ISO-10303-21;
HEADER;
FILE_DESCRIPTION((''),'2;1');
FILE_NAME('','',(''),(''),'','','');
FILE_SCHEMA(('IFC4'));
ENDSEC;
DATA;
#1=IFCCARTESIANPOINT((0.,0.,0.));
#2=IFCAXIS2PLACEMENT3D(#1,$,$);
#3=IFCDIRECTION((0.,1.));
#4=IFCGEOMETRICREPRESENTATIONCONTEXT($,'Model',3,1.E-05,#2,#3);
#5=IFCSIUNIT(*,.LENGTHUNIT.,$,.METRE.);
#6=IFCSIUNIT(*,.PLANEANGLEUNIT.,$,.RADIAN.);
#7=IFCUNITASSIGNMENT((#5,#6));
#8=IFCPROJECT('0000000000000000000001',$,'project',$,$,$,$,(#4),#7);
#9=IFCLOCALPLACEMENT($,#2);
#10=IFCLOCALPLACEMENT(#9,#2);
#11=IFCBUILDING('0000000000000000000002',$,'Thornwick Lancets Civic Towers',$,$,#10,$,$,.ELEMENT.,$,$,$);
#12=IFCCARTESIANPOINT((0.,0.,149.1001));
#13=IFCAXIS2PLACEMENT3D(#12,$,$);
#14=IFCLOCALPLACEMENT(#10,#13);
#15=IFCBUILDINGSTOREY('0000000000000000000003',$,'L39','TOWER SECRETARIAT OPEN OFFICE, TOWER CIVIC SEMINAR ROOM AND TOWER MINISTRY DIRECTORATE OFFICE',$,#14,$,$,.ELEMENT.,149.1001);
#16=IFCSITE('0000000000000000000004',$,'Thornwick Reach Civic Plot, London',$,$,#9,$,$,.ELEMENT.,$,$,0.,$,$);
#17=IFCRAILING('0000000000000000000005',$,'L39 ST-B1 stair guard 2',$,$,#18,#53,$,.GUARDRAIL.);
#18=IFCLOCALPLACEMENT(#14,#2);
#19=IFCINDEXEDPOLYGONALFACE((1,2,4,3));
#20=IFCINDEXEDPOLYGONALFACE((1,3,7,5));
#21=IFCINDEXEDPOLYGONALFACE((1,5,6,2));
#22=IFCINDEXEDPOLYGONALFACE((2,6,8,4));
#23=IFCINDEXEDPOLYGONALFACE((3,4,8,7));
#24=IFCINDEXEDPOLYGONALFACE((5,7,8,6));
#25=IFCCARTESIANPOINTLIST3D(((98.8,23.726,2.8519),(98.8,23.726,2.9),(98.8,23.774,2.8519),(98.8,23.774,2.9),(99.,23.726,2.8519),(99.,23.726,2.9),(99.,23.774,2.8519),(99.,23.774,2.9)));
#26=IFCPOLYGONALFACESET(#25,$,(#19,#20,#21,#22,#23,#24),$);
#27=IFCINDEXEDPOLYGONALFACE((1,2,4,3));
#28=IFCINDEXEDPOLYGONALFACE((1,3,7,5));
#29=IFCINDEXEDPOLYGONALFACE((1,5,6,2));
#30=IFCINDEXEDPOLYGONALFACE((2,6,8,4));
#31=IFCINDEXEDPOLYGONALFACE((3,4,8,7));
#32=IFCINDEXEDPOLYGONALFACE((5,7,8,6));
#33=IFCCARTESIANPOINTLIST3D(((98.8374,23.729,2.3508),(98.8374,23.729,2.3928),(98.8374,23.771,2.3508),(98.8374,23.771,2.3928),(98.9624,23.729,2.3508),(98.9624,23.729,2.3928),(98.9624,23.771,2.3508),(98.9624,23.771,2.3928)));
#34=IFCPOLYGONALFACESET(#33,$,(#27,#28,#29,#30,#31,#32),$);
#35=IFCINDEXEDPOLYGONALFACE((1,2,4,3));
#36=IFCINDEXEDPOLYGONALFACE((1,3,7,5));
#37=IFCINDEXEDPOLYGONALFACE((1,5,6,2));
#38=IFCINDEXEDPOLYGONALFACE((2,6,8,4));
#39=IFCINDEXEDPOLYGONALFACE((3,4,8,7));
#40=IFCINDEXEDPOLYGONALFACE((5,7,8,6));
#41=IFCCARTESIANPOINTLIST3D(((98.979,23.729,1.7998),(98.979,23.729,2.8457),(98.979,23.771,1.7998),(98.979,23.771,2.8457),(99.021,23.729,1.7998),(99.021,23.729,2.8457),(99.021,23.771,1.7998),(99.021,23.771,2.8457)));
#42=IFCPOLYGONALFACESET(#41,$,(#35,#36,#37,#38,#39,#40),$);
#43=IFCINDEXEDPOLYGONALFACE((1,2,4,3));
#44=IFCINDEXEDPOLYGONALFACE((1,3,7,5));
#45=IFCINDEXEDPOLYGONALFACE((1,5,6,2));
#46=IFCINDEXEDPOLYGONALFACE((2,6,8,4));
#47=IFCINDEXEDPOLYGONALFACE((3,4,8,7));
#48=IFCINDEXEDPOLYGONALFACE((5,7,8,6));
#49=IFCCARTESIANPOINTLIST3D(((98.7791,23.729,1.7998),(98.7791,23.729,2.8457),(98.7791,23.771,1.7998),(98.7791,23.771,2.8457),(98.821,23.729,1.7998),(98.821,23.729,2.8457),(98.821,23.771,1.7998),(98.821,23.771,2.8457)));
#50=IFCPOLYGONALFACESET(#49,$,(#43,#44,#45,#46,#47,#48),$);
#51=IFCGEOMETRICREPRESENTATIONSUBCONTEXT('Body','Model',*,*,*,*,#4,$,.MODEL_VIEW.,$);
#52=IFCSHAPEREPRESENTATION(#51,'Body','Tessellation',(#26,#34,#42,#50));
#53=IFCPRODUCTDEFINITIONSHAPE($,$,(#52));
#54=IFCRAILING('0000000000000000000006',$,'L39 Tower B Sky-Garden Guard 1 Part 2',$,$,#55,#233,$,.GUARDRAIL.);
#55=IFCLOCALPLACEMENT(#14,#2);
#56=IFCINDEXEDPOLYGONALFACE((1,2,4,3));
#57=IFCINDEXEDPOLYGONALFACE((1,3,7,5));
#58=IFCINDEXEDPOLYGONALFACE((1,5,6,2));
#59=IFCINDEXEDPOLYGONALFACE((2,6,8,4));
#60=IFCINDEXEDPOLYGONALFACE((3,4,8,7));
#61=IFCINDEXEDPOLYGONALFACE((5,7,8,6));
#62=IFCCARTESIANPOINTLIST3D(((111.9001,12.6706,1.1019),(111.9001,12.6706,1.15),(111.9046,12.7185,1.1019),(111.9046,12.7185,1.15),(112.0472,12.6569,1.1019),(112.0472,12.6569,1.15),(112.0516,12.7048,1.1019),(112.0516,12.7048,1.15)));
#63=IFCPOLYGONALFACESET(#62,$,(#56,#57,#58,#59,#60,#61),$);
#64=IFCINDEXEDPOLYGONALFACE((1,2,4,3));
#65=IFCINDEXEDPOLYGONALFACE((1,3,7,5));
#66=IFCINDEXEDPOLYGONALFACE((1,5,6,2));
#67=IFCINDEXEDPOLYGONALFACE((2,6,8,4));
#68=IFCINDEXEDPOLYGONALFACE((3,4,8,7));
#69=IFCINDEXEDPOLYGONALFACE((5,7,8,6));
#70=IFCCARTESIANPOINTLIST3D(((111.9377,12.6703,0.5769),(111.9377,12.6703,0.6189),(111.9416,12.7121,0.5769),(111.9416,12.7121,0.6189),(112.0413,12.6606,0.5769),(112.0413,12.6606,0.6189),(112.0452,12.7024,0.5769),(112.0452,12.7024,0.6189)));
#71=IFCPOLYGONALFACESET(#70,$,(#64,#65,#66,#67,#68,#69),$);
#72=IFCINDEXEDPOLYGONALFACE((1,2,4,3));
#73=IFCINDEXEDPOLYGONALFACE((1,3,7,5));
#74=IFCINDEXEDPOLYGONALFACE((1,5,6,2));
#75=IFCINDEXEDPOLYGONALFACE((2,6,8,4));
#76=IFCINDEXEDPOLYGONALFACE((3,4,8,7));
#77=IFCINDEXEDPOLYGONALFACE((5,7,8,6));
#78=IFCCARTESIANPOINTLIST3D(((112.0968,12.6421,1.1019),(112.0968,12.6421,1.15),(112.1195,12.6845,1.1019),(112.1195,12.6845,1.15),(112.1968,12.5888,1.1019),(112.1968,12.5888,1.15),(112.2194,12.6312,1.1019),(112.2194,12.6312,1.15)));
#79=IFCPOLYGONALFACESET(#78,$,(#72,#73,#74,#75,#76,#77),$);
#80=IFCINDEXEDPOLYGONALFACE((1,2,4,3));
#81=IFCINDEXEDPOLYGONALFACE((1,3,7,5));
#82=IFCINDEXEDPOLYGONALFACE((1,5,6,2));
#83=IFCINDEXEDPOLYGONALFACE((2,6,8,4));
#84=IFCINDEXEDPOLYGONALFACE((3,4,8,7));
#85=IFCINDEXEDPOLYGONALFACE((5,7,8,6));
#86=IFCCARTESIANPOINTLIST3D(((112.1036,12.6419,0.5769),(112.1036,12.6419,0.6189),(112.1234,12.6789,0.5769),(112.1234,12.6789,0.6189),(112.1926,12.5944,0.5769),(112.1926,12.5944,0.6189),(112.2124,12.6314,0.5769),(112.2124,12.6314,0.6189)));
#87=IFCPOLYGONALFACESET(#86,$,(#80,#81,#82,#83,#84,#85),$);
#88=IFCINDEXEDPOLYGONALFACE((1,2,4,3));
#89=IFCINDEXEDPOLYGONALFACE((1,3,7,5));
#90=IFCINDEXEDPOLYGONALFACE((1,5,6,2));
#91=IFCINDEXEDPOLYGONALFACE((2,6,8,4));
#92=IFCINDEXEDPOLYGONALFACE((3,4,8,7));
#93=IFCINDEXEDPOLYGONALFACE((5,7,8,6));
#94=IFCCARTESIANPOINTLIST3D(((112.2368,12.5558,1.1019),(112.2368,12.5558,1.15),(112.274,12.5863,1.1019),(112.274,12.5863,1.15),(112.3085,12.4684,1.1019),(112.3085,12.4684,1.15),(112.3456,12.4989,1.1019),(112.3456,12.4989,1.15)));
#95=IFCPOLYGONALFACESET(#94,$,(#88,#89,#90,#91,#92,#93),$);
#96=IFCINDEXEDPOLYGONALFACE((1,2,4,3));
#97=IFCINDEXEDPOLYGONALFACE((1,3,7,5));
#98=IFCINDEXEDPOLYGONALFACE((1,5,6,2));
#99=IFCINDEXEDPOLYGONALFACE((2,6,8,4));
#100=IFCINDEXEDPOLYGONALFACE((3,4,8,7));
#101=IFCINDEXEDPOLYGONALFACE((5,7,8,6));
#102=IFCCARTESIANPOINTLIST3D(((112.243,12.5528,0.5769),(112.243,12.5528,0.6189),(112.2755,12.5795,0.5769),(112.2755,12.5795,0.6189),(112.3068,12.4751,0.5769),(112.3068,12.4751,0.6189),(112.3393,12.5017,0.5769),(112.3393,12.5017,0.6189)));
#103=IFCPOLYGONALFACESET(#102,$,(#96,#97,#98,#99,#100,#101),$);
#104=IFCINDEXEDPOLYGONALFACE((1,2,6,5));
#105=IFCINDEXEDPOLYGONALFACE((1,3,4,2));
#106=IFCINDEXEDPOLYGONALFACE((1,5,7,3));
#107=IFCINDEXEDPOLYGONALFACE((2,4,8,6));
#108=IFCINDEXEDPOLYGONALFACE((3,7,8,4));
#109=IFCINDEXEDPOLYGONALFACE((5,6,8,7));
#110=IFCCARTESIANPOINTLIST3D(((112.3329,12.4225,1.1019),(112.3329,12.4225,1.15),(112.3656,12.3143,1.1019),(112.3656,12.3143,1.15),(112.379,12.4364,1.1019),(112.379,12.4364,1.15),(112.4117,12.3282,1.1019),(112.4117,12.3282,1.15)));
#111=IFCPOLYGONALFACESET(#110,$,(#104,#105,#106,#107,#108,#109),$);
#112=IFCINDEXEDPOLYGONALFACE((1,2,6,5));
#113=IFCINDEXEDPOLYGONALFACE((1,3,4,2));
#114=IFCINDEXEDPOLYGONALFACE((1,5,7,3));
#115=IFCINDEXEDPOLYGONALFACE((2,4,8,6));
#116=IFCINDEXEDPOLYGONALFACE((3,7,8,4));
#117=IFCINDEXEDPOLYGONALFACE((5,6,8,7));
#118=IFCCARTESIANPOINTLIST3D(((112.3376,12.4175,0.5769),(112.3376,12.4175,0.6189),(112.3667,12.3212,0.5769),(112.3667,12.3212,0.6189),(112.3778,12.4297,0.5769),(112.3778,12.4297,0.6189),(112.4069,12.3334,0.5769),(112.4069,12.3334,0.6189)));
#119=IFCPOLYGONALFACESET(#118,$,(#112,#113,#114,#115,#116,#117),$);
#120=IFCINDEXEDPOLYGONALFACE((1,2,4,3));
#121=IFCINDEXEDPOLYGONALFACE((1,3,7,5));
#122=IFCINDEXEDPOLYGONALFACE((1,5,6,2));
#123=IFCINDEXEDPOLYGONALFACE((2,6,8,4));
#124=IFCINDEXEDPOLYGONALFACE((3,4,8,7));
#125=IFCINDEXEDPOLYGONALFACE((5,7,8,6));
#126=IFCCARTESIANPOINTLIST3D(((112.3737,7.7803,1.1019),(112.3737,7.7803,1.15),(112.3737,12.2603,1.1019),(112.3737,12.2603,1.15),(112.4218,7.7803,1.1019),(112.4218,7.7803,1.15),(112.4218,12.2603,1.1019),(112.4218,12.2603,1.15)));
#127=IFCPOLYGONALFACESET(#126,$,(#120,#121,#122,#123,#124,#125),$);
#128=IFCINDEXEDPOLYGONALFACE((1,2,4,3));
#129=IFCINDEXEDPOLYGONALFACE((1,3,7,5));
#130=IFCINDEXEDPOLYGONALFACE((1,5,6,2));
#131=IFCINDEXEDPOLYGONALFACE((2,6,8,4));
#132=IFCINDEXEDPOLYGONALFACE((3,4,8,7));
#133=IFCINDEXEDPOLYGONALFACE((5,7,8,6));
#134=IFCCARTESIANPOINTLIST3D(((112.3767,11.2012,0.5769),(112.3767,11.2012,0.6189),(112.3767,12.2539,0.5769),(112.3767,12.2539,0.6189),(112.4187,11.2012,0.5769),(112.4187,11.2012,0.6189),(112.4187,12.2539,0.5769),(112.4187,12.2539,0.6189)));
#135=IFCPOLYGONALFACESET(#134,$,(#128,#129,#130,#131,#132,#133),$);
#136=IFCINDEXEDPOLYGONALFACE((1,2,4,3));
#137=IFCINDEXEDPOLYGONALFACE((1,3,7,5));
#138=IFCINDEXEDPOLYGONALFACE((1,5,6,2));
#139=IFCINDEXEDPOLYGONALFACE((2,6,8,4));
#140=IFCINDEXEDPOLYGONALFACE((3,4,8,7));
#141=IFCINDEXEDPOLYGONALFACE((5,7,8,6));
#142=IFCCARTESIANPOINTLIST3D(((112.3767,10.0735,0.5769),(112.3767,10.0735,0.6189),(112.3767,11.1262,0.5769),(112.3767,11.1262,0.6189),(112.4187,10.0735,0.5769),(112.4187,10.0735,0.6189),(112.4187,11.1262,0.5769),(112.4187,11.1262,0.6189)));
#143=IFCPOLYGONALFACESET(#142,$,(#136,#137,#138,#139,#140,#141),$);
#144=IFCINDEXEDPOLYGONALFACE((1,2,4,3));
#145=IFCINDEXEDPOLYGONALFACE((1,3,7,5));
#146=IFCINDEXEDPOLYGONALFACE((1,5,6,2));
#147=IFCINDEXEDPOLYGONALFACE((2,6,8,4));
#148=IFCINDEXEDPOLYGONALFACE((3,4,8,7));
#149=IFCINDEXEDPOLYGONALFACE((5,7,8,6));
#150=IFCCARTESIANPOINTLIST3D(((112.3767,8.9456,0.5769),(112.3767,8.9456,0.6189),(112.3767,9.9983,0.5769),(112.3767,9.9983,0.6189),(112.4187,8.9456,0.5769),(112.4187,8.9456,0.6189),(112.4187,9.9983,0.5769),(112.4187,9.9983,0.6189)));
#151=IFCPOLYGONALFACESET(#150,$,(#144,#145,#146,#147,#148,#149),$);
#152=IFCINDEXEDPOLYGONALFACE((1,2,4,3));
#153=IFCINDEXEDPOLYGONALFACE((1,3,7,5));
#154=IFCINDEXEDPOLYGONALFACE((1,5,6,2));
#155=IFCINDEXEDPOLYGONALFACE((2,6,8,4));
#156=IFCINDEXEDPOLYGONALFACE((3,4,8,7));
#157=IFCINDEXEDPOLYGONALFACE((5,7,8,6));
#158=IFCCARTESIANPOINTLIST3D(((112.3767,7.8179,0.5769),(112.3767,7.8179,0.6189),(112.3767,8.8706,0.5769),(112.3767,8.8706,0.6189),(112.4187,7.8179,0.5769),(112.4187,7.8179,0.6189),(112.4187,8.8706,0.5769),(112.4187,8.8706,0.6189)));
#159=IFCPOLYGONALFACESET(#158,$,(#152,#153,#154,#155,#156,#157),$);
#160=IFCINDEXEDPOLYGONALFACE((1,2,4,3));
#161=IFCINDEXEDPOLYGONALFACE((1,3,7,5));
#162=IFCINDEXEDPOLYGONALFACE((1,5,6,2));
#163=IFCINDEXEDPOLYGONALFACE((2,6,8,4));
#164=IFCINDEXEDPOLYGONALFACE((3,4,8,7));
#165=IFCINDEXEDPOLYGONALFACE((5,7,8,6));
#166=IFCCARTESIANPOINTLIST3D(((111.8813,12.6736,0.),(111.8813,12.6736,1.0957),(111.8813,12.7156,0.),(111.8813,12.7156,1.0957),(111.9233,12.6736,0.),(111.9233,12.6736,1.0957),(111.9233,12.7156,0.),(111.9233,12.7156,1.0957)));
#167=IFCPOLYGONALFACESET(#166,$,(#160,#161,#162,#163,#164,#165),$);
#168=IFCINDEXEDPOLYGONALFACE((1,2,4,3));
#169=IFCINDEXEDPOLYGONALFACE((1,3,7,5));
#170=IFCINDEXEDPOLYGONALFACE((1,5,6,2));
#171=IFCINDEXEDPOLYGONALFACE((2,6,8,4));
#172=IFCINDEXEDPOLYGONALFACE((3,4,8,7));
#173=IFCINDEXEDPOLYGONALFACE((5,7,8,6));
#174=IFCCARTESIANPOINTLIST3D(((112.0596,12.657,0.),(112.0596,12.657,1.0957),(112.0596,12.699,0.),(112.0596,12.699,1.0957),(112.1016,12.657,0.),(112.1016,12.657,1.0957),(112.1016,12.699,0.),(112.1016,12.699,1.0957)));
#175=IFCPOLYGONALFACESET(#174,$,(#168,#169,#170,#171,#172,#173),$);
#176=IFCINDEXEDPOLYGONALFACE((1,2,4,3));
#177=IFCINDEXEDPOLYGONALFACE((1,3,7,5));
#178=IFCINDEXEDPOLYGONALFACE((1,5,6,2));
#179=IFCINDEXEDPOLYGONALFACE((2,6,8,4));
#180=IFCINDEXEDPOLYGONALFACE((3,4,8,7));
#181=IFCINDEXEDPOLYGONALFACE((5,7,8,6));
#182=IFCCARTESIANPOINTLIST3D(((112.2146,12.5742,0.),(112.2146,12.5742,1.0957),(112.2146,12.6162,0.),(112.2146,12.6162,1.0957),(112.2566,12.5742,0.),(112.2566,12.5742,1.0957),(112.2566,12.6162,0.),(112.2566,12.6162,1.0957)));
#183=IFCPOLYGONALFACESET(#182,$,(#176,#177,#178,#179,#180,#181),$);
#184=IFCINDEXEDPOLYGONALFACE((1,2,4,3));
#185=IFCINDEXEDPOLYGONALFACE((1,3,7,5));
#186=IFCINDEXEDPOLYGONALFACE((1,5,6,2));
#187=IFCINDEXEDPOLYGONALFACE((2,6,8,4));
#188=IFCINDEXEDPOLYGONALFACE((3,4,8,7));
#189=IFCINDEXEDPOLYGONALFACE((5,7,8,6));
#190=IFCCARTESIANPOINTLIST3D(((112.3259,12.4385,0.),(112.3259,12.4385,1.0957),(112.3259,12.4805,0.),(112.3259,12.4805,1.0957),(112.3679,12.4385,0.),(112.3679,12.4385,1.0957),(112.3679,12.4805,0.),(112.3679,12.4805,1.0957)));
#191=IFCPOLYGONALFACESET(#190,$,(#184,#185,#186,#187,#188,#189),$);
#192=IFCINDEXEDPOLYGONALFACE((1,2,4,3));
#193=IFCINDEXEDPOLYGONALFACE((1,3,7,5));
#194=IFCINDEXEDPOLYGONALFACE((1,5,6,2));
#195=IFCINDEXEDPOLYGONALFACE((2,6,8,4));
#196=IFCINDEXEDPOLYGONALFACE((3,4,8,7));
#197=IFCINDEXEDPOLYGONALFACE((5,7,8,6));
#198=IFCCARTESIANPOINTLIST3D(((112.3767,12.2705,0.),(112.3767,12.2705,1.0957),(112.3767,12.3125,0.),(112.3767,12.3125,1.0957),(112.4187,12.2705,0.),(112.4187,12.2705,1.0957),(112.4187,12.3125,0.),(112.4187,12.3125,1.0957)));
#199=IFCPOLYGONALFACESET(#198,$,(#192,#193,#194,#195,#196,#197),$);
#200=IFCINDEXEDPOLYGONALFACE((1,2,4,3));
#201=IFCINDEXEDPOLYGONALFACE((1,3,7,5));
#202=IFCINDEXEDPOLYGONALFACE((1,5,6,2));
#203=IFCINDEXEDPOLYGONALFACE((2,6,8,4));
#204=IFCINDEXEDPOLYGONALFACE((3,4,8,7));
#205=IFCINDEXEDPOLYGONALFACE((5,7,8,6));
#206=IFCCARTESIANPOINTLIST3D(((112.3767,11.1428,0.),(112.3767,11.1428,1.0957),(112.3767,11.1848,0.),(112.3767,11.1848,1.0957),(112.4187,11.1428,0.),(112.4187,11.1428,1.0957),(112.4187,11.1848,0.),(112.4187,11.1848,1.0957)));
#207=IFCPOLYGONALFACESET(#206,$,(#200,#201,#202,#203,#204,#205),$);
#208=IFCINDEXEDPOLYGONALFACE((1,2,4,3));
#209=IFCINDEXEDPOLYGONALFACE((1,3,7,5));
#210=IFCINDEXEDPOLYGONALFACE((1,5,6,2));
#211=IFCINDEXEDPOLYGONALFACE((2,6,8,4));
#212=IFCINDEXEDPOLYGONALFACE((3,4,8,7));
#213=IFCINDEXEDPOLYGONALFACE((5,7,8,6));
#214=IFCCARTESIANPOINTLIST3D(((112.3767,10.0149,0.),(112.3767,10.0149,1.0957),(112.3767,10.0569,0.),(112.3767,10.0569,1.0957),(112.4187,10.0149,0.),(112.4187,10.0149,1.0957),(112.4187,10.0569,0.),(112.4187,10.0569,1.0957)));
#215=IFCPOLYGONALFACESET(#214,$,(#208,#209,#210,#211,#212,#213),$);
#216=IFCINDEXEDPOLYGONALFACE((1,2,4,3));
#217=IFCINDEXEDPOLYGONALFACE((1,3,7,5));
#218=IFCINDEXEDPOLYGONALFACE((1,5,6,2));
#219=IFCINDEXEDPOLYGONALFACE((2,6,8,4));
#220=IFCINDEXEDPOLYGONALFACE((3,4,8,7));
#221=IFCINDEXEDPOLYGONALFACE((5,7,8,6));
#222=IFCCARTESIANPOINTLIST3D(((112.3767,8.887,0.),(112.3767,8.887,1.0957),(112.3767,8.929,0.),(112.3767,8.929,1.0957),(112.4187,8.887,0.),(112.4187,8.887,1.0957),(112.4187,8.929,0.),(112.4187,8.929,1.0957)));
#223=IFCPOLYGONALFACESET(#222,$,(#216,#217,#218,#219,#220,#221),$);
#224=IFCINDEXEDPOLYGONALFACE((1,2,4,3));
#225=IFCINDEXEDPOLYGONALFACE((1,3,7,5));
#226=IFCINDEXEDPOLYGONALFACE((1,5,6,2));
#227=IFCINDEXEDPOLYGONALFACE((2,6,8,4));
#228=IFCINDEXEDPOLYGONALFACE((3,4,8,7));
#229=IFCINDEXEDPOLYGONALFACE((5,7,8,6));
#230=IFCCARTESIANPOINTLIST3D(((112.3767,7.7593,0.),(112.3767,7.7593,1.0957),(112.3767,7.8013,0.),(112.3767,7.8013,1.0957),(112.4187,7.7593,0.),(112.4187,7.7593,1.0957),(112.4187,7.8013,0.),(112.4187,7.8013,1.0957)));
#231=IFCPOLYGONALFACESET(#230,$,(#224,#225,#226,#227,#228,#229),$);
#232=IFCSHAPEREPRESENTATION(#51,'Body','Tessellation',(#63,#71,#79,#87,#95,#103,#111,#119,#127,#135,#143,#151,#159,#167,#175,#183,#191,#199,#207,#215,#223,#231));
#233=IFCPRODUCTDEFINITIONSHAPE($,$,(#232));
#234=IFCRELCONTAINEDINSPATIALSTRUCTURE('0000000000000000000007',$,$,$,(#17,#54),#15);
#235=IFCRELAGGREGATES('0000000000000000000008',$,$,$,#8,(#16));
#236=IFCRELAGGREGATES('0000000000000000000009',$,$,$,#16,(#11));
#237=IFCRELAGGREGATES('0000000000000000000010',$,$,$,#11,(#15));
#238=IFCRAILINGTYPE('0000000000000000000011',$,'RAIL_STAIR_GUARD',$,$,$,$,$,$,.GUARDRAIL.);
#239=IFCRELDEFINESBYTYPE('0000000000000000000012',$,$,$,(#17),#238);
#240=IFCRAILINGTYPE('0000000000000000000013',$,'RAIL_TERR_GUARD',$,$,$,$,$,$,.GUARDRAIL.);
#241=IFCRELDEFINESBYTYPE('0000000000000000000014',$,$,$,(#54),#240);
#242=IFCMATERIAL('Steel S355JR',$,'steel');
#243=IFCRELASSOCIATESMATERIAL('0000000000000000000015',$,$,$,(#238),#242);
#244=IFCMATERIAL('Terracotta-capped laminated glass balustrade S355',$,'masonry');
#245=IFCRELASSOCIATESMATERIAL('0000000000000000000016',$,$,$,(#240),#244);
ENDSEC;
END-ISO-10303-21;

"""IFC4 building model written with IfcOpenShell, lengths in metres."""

from ifc_helpers import new_model, si_unit, direction, frame, origin, origin_2d, place, context, subcontext, project, spatial, rectangle, extrude, material, type_object, element, save


model = new_model("IFC4")

# Units and contexts
model_context = context("Model", 3, precision=1e-05, world=origin(), true_north=direction((0.0, 1.0)))
body_context = subcontext(model_context, "Body", "Model", "MODEL_VIEW")
ifc_project = project(units=[si_unit("LENGTHUNIT", "METRE"), si_unit("PLANEANGLEUNIT", "RADIAN")], contexts=[model_context])

# Site, building, storey
site_placement = place(None, origin())
site = spatial("IfcSite", under=ifc_project, at=site_placement, Name="Thornwick Reach Civic Plot, London", CompositionType="ELEMENT", RefElevation=0.0)
building_placement = place(site_placement, origin())
building = spatial("IfcBuilding", under=site, at=building_placement, Name="Thornwick Lancets Civic Towers", CompositionType="ELEMENT")
storey_placement = place(building_placement, frame((0.0, 0.0, 149.1001)))
storey = spatial("IfcBuildingStorey", under=building, at=storey_placement, Name="L39", Description="TOWER SECRETARIAT OPEN OFFICE, TOWER CIVIC SEMINAR ROOM AND TOWER MINISTRY DIRECTORATE OFFICE", CompositionType="ELEMENT", Elevation=149.1001)

# Shared definitions
ifc_material_1 = material(Name="Steel S355JR", Category="steel")

# Railings
railing_type_1 = type_object("IfcRailingType", Name="RAIL_STAIR_GUARD", PredefinedType="GUARDRAIL", material=ifc_material_1)
railing_1_placement = place(storey_placement, frame((99.0, 23.75, 1.7998)))
element("IfcRailing", 1, at=railing_1_placement, inside=storey, type_object=railing_type_1, Name="L39 ST-B1 stair guard 2", PredefinedType="GUARDRAIL", context=body_context, shape_type="SweptSolid", body=[
    extrude(rectangle(XDim=0.0481, YDim=0.0481, at=origin_2d()), frame((0.0, 0.0, 1.0762), z_axis=(-1.0, 0.0, 0.0), x_axis=(0.0, -1.0, 0.0)), (0.0, 0.0, 1.0), 0.2),
    extrude(rectangle(XDim=0.042, YDim=0.042, at=origin_2d()), frame((-0.0376, 0.0, 0.572), z_axis=(-1.0, 0.0, 0.0), x_axis=(0.0, -1.0, 0.0)), (0.0, 0.0, 1.0), 0.125),
    extrude(rectangle(XDim=0.042, YDim=0.042, at=origin_2d()), origin(), (0.0, 0.0, 1.0), 1.0459),
    extrude(rectangle(XDim=0.042, YDim=0.042, at=origin_2d()), frame((-0.2, 0.0, 0.0)), (0.0, 0.0, 1.0), 1.0459),
])
ifc_material_2 = material(Name="Terracotta-capped laminated glass balustrade S355", Category="masonry")
railing_type_2 = type_object("IfcRailingType", Name="RAIL_TERR_GUARD", PredefinedType="GUARDRAIL", material=ifc_material_2)
railing_2_placement = place(storey_placement, frame((111.9023, 12.6946, 0.0)))
element("IfcRailing", 2, at=railing_2_placement, inside=storey, type_object=railing_type_2, Name="L39 Tower B Sky-Garden Guard 1 Part 2", PredefinedType="GUARDRAIL", context=body_context, shape_type="SweptSolid", body=[
    extrude(rectangle(XDim=0.0481, YDim=0.0481, at=origin_2d()), frame((0.0, 0.0, 1.126), z_axis=(0.99569, -0.092749, 0.0), x_axis=(0.092749, 0.99569, 0.0)), (0.0, 0.0, 1.0), 0.1477),
    extrude(rectangle(XDim=0.042, YDim=0.042, at=origin_2d()), frame((0.0374, -0.0034, 0.5979), z_axis=(0.99569, -0.092749, 0.0), x_axis=(0.092749, 0.99569, 0.0)), (0.0, 0.0, 1.0), 0.104),
    extrude(rectangle(XDim=0.0481, YDim=0.0481, at=origin_2d()), frame((0.2058, -0.0312, 1.126), z_axis=(0.882161, -0.470949, 0.0), x_axis=(0.470949, 0.882161, 0.0)), (0.0, 0.0, 1.0), 0.1133),
    extrude(rectangle(XDim=0.042, YDim=0.042, at=origin_2d()), frame((0.2112, -0.0342, 0.5979), z_axis=(0.882161, -0.470949, 0.0), x_axis=(0.470949, 0.882161, 0.0)), (0.0, 0.0, 1.0), 0.1008),
    extrude(rectangle(XDim=0.0481, YDim=0.0481, at=origin_2d()), frame((0.353, -0.1235, 1.126), z_axis=(0.634146, -0.773213, 0.0), x_axis=(0.773213, 0.634146, 0.0)), (0.0, 0.0, 1.0), 0.113),
    extrude(rectangle(XDim=0.042, YDim=0.042, at=origin_2d()), frame((0.3569, -0.1284, 0.5979), z_axis=(0.634146, -0.773213, 0.0), x_axis=(0.773213, 0.634146, 0.0)), (0.0, 0.0, 1.0), 0.1006),
    extrude(rectangle(XDim=0.0481, YDim=0.0481, at=origin_2d()), frame((0.4536, -0.2651, 1.126), z_axis=(0.28939, -0.957211, 0.0), x_axis=(0.957211, 0.28939, 0.0)), (0.0, 0.0, 1.0), 0.113),
    extrude(rectangle(XDim=0.042, YDim=0.042, at=origin_2d()), frame((0.4553, -0.271, 0.5979), z_axis=(0.28939, -0.957211, 0.0), x_axis=(0.957211, 0.28939, 0.0)), (0.0, 0.0, 1.0), 0.1006),
    extrude(rectangle(XDim=0.0481, YDim=0.0481, at=origin_2d()), frame((0.4954, -0.4343, 1.126), z_axis=(0.0, -1.0, 0.0), x_axis=(1.0, 0.0, 0.0)), (0.0, 0.0, 1.0), 4.48),
    extrude(rectangle(XDim=0.042, YDim=0.042, at=origin_2d()), frame((0.4954, -0.4407, 0.5979), z_axis=(0.0, -1.0, 0.0), x_axis=(1.0, 0.0, 0.0)), (0.0, 0.0, 1.0), 1.0527),
    extrude(rectangle(XDim=0.042, YDim=0.042, at=origin_2d()), frame((0.4954, -1.5684, 0.5979), z_axis=(0.0, -1.0, 0.0), x_axis=(1.0, 0.0, 0.0)), (0.0, 0.0, 1.0), 1.0527),
    extrude(rectangle(XDim=0.042, YDim=0.042, at=origin_2d()), frame((0.4954, -2.6963, 0.5979), z_axis=(0.0, -1.0, 0.0), x_axis=(1.0, 0.0, 0.0)), (0.0, 0.0, 1.0), 1.0527),
    extrude(rectangle(XDim=0.042, YDim=0.042, at=origin_2d()), frame((0.4954, -3.824, 0.5979), z_axis=(0.0, -1.0, 0.0), x_axis=(1.0, 0.0, 0.0)), (0.0, 0.0, 1.0), 1.0527),
    extrude(rectangle(XDim=0.042, YDim=0.042, at=origin_2d()), origin(), (0.0, 0.0, 1.0), 1.0957),
    extrude(rectangle(XDim=0.042, YDim=0.042, at=origin_2d()), frame((0.1782, -0.0166, 0.0)), (0.0, 0.0, 1.0), 1.0957),
    extrude(rectangle(XDim=0.042, YDim=0.042, at=origin_2d()), frame((0.3333, -0.0994, 0.0)), (0.0, 0.0, 1.0), 1.0957),
    extrude(rectangle(XDim=0.042, YDim=0.042, at=origin_2d()), frame((0.4446, -0.2351, 0.0)), (0.0, 0.0, 1.0), 1.0957),
    extrude(rectangle(XDim=0.042, YDim=0.042, at=origin_2d()), frame((0.4954, -0.4031, 0.0)), (0.0, 0.0, 1.0), 1.0957),
    extrude(rectangle(XDim=0.042, YDim=0.042, at=origin_2d()), frame((0.4954, -1.5308, 0.0)), (0.0, 0.0, 1.0), 1.0957),
    extrude(rectangle(XDim=0.042, YDim=0.042, at=origin_2d()), frame((0.4954, -2.6587, 0.0)), (0.0, 0.0, 1.0), 1.0957),
    extrude(rectangle(XDim=0.042, YDim=0.042, at=origin_2d()), frame((0.4954, -3.7866, 0.0)), (0.0, 0.0, 1.0), 1.0957),
    extrude(rectangle(XDim=0.042, YDim=0.042, at=origin_2d()), frame((0.4954, -4.9143, 0.0)), (0.0, 0.0, 1.0), 1.0957),
])

save(model, "model.ifc")
